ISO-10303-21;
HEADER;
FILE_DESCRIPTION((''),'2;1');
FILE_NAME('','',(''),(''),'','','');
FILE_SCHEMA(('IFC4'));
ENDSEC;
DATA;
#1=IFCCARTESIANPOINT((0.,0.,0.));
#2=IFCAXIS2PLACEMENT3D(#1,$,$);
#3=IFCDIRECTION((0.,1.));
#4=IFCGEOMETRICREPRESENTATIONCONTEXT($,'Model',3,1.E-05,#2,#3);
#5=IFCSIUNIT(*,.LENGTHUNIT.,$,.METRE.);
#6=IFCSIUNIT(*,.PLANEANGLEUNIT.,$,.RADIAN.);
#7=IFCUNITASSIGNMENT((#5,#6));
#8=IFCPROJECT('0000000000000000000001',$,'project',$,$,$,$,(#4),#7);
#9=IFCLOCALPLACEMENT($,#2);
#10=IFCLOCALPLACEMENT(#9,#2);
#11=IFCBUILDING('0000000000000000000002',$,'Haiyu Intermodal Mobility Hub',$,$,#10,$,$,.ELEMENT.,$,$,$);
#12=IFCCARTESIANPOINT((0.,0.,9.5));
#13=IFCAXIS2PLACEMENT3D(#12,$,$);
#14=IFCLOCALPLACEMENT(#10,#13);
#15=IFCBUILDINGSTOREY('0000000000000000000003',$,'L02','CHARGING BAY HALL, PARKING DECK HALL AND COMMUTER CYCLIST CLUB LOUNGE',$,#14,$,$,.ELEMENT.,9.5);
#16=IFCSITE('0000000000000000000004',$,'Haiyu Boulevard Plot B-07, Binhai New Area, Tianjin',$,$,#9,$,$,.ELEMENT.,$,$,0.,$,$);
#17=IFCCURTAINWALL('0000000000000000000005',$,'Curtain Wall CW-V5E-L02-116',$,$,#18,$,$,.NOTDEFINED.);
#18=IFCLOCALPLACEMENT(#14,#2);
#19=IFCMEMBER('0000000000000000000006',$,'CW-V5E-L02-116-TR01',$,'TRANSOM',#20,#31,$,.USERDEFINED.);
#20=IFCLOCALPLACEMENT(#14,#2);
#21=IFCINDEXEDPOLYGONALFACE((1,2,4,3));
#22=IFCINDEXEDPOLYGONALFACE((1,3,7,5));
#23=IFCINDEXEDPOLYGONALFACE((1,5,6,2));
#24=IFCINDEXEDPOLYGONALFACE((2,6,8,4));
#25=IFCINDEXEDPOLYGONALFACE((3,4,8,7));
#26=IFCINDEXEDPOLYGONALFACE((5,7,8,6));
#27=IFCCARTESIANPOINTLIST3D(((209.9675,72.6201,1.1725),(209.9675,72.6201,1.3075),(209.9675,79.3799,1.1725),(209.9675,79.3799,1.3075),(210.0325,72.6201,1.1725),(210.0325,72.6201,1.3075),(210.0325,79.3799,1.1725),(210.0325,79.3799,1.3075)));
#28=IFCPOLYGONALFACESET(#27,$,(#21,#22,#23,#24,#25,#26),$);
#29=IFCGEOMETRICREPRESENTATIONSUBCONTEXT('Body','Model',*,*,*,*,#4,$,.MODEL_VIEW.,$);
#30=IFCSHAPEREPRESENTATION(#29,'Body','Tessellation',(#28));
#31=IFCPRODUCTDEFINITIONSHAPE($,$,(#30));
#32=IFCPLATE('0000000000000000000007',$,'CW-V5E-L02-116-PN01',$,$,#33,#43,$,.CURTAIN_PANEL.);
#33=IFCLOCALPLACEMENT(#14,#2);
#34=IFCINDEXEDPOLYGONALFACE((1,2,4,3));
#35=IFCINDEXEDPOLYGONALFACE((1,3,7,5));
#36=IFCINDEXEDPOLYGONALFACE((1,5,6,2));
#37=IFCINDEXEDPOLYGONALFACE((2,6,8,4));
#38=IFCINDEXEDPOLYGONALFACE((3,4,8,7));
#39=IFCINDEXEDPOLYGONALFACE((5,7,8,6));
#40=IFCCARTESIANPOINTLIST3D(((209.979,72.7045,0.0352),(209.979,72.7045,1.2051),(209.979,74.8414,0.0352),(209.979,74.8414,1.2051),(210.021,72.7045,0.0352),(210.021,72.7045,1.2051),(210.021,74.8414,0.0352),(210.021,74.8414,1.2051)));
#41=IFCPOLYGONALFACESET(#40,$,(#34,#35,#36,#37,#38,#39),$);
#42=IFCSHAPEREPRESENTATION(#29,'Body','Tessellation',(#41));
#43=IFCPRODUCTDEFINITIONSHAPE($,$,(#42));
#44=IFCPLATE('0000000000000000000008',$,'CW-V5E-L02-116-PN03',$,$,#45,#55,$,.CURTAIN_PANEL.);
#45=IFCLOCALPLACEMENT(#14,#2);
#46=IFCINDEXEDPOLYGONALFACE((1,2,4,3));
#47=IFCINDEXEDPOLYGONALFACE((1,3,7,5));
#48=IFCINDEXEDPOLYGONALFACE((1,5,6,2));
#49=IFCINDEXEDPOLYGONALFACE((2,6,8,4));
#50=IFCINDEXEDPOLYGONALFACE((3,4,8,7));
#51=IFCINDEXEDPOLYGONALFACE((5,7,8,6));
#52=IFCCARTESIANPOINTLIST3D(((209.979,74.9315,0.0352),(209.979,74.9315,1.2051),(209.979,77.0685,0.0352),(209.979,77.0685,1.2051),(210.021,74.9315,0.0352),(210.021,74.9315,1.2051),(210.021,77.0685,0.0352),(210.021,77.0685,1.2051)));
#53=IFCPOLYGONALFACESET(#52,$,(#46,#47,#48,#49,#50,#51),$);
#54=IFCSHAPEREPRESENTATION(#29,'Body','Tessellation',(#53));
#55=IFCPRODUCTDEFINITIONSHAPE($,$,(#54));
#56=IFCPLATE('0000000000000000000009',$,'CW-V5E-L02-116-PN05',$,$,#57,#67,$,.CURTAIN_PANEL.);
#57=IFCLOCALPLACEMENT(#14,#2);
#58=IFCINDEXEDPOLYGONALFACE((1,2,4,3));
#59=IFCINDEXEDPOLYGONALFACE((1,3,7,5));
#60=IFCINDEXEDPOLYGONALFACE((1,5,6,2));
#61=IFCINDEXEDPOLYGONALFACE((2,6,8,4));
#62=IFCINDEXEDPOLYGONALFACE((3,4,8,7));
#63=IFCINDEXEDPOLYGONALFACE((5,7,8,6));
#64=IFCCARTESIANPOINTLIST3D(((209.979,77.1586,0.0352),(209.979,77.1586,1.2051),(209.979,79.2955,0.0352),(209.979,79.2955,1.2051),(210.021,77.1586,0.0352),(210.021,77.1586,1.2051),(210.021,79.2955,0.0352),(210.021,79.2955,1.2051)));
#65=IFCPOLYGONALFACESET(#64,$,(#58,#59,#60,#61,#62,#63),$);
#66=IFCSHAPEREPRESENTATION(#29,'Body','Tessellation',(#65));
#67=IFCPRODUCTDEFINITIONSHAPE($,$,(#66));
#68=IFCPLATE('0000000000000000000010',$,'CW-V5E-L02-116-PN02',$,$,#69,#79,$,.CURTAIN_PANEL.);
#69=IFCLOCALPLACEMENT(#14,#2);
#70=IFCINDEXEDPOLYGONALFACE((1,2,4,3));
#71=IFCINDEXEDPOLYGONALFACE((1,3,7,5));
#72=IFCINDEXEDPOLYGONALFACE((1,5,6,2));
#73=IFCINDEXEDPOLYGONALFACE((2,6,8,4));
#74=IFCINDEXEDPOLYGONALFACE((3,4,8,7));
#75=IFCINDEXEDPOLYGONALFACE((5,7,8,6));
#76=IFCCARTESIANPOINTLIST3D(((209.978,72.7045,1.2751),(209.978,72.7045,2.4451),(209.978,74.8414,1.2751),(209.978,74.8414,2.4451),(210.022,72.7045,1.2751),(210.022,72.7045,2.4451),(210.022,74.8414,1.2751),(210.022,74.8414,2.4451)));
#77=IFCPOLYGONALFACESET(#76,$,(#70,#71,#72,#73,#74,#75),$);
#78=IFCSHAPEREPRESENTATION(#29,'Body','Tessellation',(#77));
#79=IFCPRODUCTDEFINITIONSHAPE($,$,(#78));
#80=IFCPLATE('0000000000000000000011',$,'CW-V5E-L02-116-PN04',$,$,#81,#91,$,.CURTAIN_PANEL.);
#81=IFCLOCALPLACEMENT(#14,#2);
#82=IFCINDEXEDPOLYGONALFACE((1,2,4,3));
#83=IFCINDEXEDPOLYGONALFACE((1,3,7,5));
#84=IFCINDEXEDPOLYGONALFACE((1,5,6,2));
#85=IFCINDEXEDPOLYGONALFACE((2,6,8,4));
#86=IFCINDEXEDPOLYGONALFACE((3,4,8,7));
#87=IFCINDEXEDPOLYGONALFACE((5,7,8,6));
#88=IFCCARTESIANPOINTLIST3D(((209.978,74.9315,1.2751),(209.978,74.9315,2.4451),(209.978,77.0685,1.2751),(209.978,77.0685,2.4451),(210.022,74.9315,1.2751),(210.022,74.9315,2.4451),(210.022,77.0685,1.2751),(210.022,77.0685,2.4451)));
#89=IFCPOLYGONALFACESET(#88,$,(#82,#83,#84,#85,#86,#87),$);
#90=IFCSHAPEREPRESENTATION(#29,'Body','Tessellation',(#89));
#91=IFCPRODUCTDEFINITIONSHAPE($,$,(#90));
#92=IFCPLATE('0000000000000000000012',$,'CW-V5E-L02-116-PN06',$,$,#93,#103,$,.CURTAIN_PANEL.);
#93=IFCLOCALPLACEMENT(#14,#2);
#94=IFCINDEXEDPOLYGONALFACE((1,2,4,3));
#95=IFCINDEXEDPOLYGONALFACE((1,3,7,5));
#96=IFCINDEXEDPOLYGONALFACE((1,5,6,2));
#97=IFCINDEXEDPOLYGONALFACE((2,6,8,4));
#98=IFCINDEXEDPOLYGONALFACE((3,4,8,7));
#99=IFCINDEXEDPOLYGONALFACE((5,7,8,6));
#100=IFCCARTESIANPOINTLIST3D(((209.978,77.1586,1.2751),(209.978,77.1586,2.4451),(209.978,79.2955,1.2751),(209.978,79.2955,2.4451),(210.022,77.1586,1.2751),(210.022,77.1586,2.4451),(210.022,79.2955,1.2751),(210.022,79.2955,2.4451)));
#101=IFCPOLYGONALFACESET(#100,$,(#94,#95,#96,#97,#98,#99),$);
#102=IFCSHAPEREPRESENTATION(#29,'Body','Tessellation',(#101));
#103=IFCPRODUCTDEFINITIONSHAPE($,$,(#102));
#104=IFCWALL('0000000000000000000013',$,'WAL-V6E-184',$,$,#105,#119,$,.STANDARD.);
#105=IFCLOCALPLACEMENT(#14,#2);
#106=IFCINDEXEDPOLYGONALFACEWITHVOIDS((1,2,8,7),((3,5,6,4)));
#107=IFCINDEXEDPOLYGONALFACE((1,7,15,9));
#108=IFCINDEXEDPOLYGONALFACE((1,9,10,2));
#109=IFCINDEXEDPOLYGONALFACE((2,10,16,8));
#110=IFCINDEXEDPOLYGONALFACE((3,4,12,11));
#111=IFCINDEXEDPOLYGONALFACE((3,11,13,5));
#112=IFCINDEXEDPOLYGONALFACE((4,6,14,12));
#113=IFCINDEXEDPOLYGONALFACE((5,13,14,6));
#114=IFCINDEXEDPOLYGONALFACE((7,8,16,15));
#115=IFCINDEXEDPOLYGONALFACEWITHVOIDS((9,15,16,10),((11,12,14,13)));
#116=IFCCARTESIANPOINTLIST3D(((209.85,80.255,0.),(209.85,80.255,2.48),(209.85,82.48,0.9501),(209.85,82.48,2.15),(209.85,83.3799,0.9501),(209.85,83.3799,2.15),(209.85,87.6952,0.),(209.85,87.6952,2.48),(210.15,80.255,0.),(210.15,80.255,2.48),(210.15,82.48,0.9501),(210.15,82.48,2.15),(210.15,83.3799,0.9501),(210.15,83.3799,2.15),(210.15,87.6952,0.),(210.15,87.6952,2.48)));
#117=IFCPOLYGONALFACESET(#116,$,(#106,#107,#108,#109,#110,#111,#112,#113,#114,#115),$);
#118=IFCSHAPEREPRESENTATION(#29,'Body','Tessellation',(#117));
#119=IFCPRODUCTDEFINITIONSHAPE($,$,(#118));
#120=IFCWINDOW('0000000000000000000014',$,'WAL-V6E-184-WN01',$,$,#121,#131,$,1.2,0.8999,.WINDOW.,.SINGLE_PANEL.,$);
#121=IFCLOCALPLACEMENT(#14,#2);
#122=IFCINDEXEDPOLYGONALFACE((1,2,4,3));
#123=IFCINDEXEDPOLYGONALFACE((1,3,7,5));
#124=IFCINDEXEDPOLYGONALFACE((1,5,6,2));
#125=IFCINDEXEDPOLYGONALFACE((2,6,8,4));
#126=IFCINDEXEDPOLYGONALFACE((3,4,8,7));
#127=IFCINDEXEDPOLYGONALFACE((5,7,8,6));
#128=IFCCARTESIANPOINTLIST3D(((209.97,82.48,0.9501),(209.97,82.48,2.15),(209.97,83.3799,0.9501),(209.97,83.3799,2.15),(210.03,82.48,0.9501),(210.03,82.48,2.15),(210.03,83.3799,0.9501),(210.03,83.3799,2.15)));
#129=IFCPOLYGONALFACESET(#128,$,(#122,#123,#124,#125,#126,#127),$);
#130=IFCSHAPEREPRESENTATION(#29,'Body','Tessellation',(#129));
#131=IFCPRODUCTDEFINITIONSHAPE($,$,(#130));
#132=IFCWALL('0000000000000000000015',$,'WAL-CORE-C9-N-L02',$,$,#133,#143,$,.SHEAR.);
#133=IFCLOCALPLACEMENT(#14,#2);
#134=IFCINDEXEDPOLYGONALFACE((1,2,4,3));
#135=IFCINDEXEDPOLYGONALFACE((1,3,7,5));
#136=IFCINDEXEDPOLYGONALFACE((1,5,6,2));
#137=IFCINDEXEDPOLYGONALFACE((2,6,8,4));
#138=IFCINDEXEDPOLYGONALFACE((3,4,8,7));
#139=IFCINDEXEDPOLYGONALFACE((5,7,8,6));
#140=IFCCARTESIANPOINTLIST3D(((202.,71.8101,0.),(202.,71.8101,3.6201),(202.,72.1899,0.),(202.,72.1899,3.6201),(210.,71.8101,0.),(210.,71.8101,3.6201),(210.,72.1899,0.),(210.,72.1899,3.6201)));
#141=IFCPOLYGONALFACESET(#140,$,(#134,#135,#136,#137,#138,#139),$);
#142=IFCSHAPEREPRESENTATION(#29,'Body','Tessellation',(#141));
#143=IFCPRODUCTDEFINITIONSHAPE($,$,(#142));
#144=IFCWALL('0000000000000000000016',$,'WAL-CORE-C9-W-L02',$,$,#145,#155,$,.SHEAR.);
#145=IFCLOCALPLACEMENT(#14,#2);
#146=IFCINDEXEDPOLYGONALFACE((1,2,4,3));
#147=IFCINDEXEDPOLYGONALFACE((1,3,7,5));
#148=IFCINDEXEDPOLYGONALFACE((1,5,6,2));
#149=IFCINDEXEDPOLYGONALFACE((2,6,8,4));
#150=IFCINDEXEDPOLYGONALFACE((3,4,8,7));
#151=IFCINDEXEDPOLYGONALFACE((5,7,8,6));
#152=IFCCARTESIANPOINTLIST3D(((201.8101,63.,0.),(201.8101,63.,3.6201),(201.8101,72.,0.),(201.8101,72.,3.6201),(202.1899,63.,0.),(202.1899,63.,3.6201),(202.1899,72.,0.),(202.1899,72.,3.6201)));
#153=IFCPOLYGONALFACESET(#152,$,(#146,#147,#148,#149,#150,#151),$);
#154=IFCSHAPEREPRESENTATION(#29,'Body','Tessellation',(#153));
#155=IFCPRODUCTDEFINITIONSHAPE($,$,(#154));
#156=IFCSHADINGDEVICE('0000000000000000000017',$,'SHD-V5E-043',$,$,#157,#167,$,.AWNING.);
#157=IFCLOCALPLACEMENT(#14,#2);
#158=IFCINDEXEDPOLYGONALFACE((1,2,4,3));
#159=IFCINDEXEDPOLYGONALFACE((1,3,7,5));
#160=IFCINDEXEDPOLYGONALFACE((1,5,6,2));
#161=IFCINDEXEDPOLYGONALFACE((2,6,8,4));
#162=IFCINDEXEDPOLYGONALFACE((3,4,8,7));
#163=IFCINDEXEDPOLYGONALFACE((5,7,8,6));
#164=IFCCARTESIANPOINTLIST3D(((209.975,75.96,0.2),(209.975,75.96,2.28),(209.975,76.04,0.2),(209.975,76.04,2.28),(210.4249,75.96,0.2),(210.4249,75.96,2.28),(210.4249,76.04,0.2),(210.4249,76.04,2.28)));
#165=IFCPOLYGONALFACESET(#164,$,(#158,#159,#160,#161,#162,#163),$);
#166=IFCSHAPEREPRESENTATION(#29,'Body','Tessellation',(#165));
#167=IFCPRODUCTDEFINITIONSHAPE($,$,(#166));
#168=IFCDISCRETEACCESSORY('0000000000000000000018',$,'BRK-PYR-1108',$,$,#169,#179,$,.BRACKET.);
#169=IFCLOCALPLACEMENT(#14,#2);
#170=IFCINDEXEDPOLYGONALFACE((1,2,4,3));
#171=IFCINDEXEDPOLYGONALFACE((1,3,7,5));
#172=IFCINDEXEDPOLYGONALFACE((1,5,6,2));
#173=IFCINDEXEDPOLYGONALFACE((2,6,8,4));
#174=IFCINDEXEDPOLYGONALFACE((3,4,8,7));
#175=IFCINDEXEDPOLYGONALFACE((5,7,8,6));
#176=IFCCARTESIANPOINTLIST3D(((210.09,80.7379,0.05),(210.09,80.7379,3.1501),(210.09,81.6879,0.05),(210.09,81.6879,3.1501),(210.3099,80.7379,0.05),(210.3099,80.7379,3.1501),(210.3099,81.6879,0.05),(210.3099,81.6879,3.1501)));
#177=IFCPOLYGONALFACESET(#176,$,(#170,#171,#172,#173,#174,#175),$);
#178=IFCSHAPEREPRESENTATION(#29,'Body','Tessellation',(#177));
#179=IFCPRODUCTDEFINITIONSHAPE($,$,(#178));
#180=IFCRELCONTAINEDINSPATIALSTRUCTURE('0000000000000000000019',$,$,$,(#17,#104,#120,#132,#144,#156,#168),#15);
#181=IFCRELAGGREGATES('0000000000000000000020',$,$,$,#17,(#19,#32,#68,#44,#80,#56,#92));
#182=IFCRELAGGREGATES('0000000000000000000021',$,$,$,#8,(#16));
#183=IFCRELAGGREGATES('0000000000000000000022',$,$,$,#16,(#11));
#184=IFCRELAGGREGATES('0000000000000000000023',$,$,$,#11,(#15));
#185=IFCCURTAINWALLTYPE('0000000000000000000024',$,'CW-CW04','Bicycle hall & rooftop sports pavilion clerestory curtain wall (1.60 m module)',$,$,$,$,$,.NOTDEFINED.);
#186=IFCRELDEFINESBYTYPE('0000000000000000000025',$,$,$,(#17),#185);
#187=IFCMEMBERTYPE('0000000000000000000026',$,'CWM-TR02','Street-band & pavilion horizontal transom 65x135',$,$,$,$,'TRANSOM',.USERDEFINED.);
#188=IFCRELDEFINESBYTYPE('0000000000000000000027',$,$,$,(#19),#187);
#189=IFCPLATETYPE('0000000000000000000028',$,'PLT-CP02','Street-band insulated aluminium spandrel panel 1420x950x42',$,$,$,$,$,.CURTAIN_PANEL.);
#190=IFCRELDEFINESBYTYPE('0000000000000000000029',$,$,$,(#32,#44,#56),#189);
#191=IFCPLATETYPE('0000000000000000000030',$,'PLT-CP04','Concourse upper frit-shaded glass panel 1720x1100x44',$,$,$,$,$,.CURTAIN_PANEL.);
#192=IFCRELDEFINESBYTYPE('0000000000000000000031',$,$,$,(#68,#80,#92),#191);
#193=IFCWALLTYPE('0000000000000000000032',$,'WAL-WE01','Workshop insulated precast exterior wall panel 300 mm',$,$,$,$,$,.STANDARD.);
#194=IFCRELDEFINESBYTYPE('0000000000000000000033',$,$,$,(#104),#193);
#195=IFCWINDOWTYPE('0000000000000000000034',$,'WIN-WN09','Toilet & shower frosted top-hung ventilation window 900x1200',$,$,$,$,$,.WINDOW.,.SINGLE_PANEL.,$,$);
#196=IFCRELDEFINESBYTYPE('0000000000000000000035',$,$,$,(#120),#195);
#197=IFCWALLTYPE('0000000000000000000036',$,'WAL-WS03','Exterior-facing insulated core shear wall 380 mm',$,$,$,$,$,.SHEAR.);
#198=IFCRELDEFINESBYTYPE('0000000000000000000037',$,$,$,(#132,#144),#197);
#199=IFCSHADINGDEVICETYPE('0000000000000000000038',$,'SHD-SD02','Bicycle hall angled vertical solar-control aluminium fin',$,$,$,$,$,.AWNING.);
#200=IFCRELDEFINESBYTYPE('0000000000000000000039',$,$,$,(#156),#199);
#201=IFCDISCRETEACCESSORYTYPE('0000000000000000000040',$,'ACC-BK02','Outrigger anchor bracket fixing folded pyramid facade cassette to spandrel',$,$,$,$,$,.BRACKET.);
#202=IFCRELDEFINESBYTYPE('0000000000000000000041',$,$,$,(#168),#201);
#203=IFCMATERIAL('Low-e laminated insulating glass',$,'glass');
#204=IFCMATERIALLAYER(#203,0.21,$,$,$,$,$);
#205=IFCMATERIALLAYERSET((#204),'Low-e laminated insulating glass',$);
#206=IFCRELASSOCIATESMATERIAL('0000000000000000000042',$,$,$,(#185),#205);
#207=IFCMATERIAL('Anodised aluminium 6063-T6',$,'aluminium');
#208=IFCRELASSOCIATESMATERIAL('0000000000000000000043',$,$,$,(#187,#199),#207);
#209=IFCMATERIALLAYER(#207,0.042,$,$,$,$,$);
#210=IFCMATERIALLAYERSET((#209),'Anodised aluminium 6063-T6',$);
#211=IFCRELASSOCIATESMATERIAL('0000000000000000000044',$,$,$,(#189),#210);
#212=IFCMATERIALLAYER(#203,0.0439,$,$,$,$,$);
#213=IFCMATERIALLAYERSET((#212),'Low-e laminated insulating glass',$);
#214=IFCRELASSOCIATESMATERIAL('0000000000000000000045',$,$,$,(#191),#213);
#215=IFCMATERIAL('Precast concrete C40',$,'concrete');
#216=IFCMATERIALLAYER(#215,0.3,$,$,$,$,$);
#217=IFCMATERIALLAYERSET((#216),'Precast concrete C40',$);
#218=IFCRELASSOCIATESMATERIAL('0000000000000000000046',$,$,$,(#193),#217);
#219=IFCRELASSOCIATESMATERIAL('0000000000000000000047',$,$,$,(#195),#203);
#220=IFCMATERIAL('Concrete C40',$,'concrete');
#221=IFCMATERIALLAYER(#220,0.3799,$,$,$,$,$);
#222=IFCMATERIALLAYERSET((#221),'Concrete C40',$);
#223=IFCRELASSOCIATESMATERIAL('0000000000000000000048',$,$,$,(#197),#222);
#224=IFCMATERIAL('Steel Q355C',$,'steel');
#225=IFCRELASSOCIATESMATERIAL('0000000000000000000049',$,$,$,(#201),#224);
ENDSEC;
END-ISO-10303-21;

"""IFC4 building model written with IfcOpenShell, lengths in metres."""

from ifc_helpers import new_model, si_unit, direction, frame, frame_2d, origin, origin_2d, place, context, subcontext, project, spatial, rectangle, extrude, material, layer, layer_set, material_profile, profile_set, type_object, element, fill, aggregate, save


model = new_model("IFC4")

# Units and contexts
model_context = context("Model", 3, precision=1e-05, world=origin(), true_north=direction((0.0, 1.0)))
body_context = subcontext(model_context, "Body", "Model", "MODEL_VIEW")
ifc_project = project(units=[si_unit("LENGTHUNIT", "METRE"), si_unit("PLANEANGLEUNIT", "RADIAN")], contexts=[model_context])

# Site, building, storey
site_placement = place(None, origin())
site = spatial("IfcSite", under=ifc_project, at=site_placement, Name="Haiyu Boulevard Plot B-07, Binhai New Area, Tianjin", CompositionType="ELEMENT", RefElevation=0.0)
building_placement = place(site_placement, origin())
building = spatial("IfcBuilding", under=site, at=building_placement, Name="Haiyu Intermodal Mobility Hub", CompositionType="ELEMENT")
storey_placement = place(building_placement, frame((0.0, 0.0, 9.5)))
storey = spatial("IfcBuildingStorey", under=building, at=storey_placement, Name="L02", Description="CHARGING BAY HALL, PARKING DECK HALL AND COMMUTER CYCLIST CLUB LOUNGE", CompositionType="ELEMENT", Elevation=9.5)

# Shared definitions
ifc_material_1 = material(Name="Concrete C40", Category="concrete")

# Curtain wall, member, plates
ifc_material_2 = material(Name="Low-e laminated insulating glass", Category="glass")
ifc_layer_1 = layer(ifc_material_2, 0.21)
ifc_layer_set_1 = layer_set([ifc_layer_1], Name="Low-e laminated insulating glass")
curtain_wall_type = type_object("IfcCurtainWallType", Name="CW-CW04", Description="Bicycle hall & rooftop sports pavilion clerestory curtain wall (1.60 m module)", PredefinedType="NOTDEFINED", material=ifc_layer_set_1)
curtain_wall_placement = place(storey_placement, origin())
curtain_wall = element("IfcCurtainWall", 1, at=curtain_wall_placement, inside=storey, type_object=curtain_wall_type, Name="Curtain Wall CW-V5E-L02-116", PredefinedType="NOTDEFINED")
ifc_material_3 = material(Name="Anodised aluminium 6063-T6", Category="aluminium")
ifc_material_profile_1 = material_profile(ifc_material_3, rectangle(XDim=0.0649, YDim=0.135, at=origin_2d()), Name="ALU65x135")
ifc_profile_set_1 = profile_set([ifc_material_profile_1], Name="Anodised aluminium 6063-T6")
member_type_1 = type_object("IfcMemberType", Name="CWM-TR02", Description="Street-band & pavilion horizontal transom 65x135", ElementType="TRANSOM", PredefinedType="USERDEFINED", material=ifc_profile_set_1)
member_1_placement = place(storey_placement, frame((210.0, 72.6201, 1.24), z_axis=(0.0, 1.0, 0.0), x_axis=(-1.0, 0.0, 0.0)))
member_1 = element("IfcMember", 2, at=member_1_placement, type_object=member_type_1, Name="CW-V5E-L02-116-TR01", ObjectType="TRANSOM", PredefinedType="USERDEFINED", context=body_context, shape_type="SweptSolid", body=[
    extrude(rectangle(XDim=0.0649, YDim=0.135, at=origin_2d()), origin(), (0.0, 0.0, 1.0), 6.7598),
])
ifc_layer_2 = layer(ifc_material_3, 0.042)
ifc_layer_set_2 = layer_set([ifc_layer_2], Name="Anodised aluminium 6063-T6")
plate_type_1 = type_object("IfcPlateType", Name="PLT-CP02", Description="Street-band insulated aluminium spandrel panel 1420x950x42", PredefinedType="CURTAIN_PANEL", material=ifc_layer_set_2)
plate_1_placement = place(storey_placement, frame((210.0, 73.7729, 0.0352), z_axis=(0.0, 0.0, 1.0), x_axis=(0.0, 1.0, 0.0)))
plate_1 = element("IfcPlate", 3, at=plate_1_placement, type_object=plate_type_1, Name="CW-V5E-L02-116-PN01", PredefinedType="CURTAIN_PANEL", context=body_context, shape_type="SweptSolid", body=[
    extrude(rectangle(XDim=2.137, YDim=0.042, at=origin_2d()), origin(), (0.0, 0.0, 1.0), 1.1699),
])
plate_2_placement = place(storey_placement, frame((210.0, 76.0, 0.0352), z_axis=(0.0, 0.0, 1.0), x_axis=(0.0, 1.0, 0.0)))
plate_2 = element("IfcPlate", 4, at=plate_2_placement, type_object=plate_type_1, Name="CW-V5E-L02-116-PN03", PredefinedType="CURTAIN_PANEL", context=body_context, shape_type="SweptSolid", body=[
    extrude(rectangle(XDim=2.137, YDim=0.042, at=origin_2d()), origin(), (0.0, 0.0, 1.0), 1.1699),
])
plate_3_placement = place(storey_placement, frame((210.0, 78.2271, 0.0352), z_axis=(0.0, 0.0, 1.0), x_axis=(0.0, 1.0, 0.0)))
plate_3 = element("IfcPlate", 5, at=plate_3_placement, type_object=plate_type_1, Name="CW-V5E-L02-116-PN05", PredefinedType="CURTAIN_PANEL", context=body_context, shape_type="SweptSolid", body=[
    extrude(rectangle(XDim=2.137, YDim=0.042, at=origin_2d()), origin(), (0.0, 0.0, 1.0), 1.1699),
])
ifc_layer_3 = layer(ifc_material_2, 0.0439)
ifc_layer_set_3 = layer_set([ifc_layer_3], Name="Low-e laminated insulating glass")
plate_type_2 = type_object("IfcPlateType", Name="PLT-CP04", Description="Concourse upper frit-shaded glass panel 1720x1100x44", PredefinedType="CURTAIN_PANEL", material=ifc_layer_set_3)
plate_4_placement = place(storey_placement, frame((210.0, 73.7729, 1.2751), z_axis=(0.0, 0.0, 1.0), x_axis=(0.0, 1.0, 0.0)))
plate_4 = element("IfcPlate", 6, at=plate_4_placement, type_object=plate_type_2, Name="CW-V5E-L02-116-PN02", PredefinedType="CURTAIN_PANEL", context=body_context, shape_type="SweptSolid", body=[
    extrude(rectangle(XDim=2.137, YDim=0.0439, at=origin_2d()), origin(), (0.0, 0.0, 1.0), 1.1699),
])
plate_5_placement = place(storey_placement, frame((210.0, 76.0, 1.2751), z_axis=(0.0, 0.0, 1.0), x_axis=(0.0, 1.0, 0.0)))
plate_5 = element("IfcPlate", 7, at=plate_5_placement, type_object=plate_type_2, Name="CW-V5E-L02-116-PN04", PredefinedType="CURTAIN_PANEL", context=body_context, shape_type="SweptSolid", body=[
    extrude(rectangle(XDim=2.137, YDim=0.0439, at=origin_2d()), origin(), (0.0, 0.0, 1.0), 1.1699),
])
plate_6_placement = place(storey_placement, frame((210.0, 78.2271, 1.2751), z_axis=(0.0, 0.0, 1.0), x_axis=(0.0, 1.0, 0.0)))
plate_6 = element("IfcPlate", 8, at=plate_6_placement, type_object=plate_type_2, Name="CW-V5E-L02-116-PN06", PredefinedType="CURTAIN_PANEL", context=body_context, shape_type="SweptSolid", body=[
    extrude(rectangle(XDim=2.137, YDim=0.0439, at=origin_2d()), origin(), (0.0, 0.0, 1.0), 1.1699),
])
aggregate(curtain_wall, [member_1, plate_1, plate_4, plate_2, plate_5, plate_3, plate_6])

# Wall, opening, window
ifc_material_4 = material(Name="Precast concrete C40", Category="concrete")
ifc_layer_4 = layer(ifc_material_4, 0.3)
ifc_layer_set_4 = layer_set([ifc_layer_4], Name="Precast concrete C40")
wall_type_1 = type_object("IfcWallType", Name="WAL-WE01", Description="Workshop insulated precast exterior wall panel 300 mm", PredefinedType="STANDARD", material=ifc_layer_set_4)
wall_1_placement = place(storey_placement, frame((210.0, 80.2549, 0.0), z_axis=(0.0, 0.0, 1.0), x_axis=(0.0, 1.0, 0.0)))
wall_1 = element("IfcWall", 9, at=wall_1_placement, inside=storey, type_object=wall_type_1, Name="WAL-V6E-184", PredefinedType="STANDARD", context=body_context, shape_type="SweptSolid", body=[
    extrude(rectangle(XDim=7.4402, YDim=0.3, at=frame_2d((3.7202, 0.0))), origin(), (0.0, 0.0, 1.0), 2.48),
])
opening_placement = place(wall_1_placement, frame((2.2251, 0.0, 0.95)))
opening = element("IfcOpeningElement", 10, at=opening_placement, cuts=wall_1, PredefinedType="OPENING", context=body_context, shape_type="SweptSolid", body=[
    extrude(rectangle(XDim=0.8999, YDim=1.2, at=frame_2d((0.45, 0.6001))), frame((0.0, 0.1602, 0.0), z_axis=(0.0, -1.0, 0.0), x_axis=(1.0, 0.0, 0.0)), (0.0, 0.0, 1.0), 0.3201),
])
window_type = type_object("IfcWindowType", Name="WIN-WN09", Description="Toilet & shower frosted top-hung ventilation window 900x1200", PartitioningType="SINGLE_PANEL", PredefinedType="WINDOW", material=ifc_material_2)
window_placement = place(opening_placement, origin())
window = element("IfcWindow", 11, at=window_placement, inside=storey, type_object=window_type, Name="WAL-V6E-184-WN01", OverallHeight=1.2, OverallWidth=0.8999, PartitioningType="SINGLE_PANEL", PredefinedType="WINDOW", context=body_context, shape_type="SweptSolid", body=[
    extrude(rectangle(XDim=0.8999, YDim=1.2, at=frame_2d((0.45, 0.6001))), frame((0.0, 0.03, 0.0), z_axis=(0.0, -1.0, 0.0), x_axis=(1.0, 0.0, 0.0)), (0.0, 0.0, 1.0), 0.0601),
])
fill(opening, window)

# Walls
ifc_layer_5 = layer(ifc_material_1, 0.3799)
ifc_layer_set_5 = layer_set([ifc_layer_5], Name="Concrete C40")
wall_type_2 = type_object("IfcWallType", Name="WAL-WS03", Description="Exterior-facing insulated core shear wall 380 mm", PredefinedType="SHEAR", material=ifc_layer_set_5)
wall_2_placement = place(storey_placement, frame((210.0, 72.0, 0.0), z_axis=(0.0, 0.0, 1.0), x_axis=(-1.0, 0.0, 0.0)))
element("IfcWall", 12, at=wall_2_placement, inside=storey, type_object=wall_type_2, Name="WAL-CORE-C9-N-L02", PredefinedType="SHEAR", context=body_context, shape_type="SweptSolid", body=[
    extrude(rectangle(XDim=8.0, YDim=0.3799, at=frame_2d((4.0, 0.0))), origin(), (0.0, 0.0, 1.0), 3.6201),
])
wall_3_placement = place(storey_placement, frame((202.0, 72.0, 0.0), z_axis=(0.0, 0.0, 1.0), x_axis=(0.0, -1.0, 0.0)))
element("IfcWall", 13, at=wall_3_placement, inside=storey, type_object=wall_type_2, Name="WAL-CORE-C9-W-L02", PredefinedType="SHEAR", context=body_context, shape_type="SweptSolid", body=[
    extrude(rectangle(XDim=9.0, YDim=0.3799, at=frame_2d((4.5, 0.0))), origin(), (0.0, 0.0, 1.0), 3.6201),
])

# Shading device
ifc_material_profile_2 = material_profile(ifc_material_3, rectangle(XDim=0.0701, YDim=0.55, at=origin_2d()), Name="FIN70x550")
ifc_profile_set_2 = profile_set([ifc_material_profile_2], Name="Anodised aluminium 6063-T6")
shading_device_type = type_object("IfcShadingDeviceType", Name="SHD-SD02", Description="Bicycle hall angled vertical solar-control aluminium fin", PredefinedType="AWNING", material=ifc_profile_set_2)
shading_device_placement = place(storey_placement, frame((210.2, 76.0, 0.2), z_axis=(0.0, 0.0, 1.0), x_axis=(1.0, 0.0, 0.0)))
element("IfcShadingDevice", 14, at=shading_device_placement, inside=storey, type_object=shading_device_type, Name="SHD-V5E-043", PredefinedType="AWNING", context=body_context, shape_type="SweptSolid", body=[
    extrude(rectangle(XDim=0.45, YDim=0.0801, at=origin_2d()), origin(), (0.0, 0.0, 1.0), 2.0801),
])

# Discrete accessory
ifc_material_5 = material(Name="Steel Q355C", Category="steel")
discrete_accessory_type = type_object("IfcDiscreteAccessoryType", Name="ACC-BK02", Description="Outrigger anchor bracket fixing folded pyramid facade cassette to spandrel", PredefinedType="BRACKET", material=ifc_material_5)
for number, where, z_axis, x_axis, name in (
    (15, (210.2, 81.2129, 0.05), (0.0, 0.0, 1.0), (1.0, 0.0, 0.0), "BRK-PYR-1108"),
):
    element("IfcDiscreteAccessory", number, at=place(storey_placement, frame(where, z_axis=z_axis, x_axis=x_axis)), inside=storey, type_object=discrete_accessory_type, Name=name, PredefinedType="BRACKET", context=body_context, shape_type="SweptSolid", body=[
        extrude(rectangle(XDim=0.22, YDim=0.95, at=origin_2d()), origin(), (0.0, 0.0, 1.0), 3.1001),
    ])

save(model, "model.ifc")
